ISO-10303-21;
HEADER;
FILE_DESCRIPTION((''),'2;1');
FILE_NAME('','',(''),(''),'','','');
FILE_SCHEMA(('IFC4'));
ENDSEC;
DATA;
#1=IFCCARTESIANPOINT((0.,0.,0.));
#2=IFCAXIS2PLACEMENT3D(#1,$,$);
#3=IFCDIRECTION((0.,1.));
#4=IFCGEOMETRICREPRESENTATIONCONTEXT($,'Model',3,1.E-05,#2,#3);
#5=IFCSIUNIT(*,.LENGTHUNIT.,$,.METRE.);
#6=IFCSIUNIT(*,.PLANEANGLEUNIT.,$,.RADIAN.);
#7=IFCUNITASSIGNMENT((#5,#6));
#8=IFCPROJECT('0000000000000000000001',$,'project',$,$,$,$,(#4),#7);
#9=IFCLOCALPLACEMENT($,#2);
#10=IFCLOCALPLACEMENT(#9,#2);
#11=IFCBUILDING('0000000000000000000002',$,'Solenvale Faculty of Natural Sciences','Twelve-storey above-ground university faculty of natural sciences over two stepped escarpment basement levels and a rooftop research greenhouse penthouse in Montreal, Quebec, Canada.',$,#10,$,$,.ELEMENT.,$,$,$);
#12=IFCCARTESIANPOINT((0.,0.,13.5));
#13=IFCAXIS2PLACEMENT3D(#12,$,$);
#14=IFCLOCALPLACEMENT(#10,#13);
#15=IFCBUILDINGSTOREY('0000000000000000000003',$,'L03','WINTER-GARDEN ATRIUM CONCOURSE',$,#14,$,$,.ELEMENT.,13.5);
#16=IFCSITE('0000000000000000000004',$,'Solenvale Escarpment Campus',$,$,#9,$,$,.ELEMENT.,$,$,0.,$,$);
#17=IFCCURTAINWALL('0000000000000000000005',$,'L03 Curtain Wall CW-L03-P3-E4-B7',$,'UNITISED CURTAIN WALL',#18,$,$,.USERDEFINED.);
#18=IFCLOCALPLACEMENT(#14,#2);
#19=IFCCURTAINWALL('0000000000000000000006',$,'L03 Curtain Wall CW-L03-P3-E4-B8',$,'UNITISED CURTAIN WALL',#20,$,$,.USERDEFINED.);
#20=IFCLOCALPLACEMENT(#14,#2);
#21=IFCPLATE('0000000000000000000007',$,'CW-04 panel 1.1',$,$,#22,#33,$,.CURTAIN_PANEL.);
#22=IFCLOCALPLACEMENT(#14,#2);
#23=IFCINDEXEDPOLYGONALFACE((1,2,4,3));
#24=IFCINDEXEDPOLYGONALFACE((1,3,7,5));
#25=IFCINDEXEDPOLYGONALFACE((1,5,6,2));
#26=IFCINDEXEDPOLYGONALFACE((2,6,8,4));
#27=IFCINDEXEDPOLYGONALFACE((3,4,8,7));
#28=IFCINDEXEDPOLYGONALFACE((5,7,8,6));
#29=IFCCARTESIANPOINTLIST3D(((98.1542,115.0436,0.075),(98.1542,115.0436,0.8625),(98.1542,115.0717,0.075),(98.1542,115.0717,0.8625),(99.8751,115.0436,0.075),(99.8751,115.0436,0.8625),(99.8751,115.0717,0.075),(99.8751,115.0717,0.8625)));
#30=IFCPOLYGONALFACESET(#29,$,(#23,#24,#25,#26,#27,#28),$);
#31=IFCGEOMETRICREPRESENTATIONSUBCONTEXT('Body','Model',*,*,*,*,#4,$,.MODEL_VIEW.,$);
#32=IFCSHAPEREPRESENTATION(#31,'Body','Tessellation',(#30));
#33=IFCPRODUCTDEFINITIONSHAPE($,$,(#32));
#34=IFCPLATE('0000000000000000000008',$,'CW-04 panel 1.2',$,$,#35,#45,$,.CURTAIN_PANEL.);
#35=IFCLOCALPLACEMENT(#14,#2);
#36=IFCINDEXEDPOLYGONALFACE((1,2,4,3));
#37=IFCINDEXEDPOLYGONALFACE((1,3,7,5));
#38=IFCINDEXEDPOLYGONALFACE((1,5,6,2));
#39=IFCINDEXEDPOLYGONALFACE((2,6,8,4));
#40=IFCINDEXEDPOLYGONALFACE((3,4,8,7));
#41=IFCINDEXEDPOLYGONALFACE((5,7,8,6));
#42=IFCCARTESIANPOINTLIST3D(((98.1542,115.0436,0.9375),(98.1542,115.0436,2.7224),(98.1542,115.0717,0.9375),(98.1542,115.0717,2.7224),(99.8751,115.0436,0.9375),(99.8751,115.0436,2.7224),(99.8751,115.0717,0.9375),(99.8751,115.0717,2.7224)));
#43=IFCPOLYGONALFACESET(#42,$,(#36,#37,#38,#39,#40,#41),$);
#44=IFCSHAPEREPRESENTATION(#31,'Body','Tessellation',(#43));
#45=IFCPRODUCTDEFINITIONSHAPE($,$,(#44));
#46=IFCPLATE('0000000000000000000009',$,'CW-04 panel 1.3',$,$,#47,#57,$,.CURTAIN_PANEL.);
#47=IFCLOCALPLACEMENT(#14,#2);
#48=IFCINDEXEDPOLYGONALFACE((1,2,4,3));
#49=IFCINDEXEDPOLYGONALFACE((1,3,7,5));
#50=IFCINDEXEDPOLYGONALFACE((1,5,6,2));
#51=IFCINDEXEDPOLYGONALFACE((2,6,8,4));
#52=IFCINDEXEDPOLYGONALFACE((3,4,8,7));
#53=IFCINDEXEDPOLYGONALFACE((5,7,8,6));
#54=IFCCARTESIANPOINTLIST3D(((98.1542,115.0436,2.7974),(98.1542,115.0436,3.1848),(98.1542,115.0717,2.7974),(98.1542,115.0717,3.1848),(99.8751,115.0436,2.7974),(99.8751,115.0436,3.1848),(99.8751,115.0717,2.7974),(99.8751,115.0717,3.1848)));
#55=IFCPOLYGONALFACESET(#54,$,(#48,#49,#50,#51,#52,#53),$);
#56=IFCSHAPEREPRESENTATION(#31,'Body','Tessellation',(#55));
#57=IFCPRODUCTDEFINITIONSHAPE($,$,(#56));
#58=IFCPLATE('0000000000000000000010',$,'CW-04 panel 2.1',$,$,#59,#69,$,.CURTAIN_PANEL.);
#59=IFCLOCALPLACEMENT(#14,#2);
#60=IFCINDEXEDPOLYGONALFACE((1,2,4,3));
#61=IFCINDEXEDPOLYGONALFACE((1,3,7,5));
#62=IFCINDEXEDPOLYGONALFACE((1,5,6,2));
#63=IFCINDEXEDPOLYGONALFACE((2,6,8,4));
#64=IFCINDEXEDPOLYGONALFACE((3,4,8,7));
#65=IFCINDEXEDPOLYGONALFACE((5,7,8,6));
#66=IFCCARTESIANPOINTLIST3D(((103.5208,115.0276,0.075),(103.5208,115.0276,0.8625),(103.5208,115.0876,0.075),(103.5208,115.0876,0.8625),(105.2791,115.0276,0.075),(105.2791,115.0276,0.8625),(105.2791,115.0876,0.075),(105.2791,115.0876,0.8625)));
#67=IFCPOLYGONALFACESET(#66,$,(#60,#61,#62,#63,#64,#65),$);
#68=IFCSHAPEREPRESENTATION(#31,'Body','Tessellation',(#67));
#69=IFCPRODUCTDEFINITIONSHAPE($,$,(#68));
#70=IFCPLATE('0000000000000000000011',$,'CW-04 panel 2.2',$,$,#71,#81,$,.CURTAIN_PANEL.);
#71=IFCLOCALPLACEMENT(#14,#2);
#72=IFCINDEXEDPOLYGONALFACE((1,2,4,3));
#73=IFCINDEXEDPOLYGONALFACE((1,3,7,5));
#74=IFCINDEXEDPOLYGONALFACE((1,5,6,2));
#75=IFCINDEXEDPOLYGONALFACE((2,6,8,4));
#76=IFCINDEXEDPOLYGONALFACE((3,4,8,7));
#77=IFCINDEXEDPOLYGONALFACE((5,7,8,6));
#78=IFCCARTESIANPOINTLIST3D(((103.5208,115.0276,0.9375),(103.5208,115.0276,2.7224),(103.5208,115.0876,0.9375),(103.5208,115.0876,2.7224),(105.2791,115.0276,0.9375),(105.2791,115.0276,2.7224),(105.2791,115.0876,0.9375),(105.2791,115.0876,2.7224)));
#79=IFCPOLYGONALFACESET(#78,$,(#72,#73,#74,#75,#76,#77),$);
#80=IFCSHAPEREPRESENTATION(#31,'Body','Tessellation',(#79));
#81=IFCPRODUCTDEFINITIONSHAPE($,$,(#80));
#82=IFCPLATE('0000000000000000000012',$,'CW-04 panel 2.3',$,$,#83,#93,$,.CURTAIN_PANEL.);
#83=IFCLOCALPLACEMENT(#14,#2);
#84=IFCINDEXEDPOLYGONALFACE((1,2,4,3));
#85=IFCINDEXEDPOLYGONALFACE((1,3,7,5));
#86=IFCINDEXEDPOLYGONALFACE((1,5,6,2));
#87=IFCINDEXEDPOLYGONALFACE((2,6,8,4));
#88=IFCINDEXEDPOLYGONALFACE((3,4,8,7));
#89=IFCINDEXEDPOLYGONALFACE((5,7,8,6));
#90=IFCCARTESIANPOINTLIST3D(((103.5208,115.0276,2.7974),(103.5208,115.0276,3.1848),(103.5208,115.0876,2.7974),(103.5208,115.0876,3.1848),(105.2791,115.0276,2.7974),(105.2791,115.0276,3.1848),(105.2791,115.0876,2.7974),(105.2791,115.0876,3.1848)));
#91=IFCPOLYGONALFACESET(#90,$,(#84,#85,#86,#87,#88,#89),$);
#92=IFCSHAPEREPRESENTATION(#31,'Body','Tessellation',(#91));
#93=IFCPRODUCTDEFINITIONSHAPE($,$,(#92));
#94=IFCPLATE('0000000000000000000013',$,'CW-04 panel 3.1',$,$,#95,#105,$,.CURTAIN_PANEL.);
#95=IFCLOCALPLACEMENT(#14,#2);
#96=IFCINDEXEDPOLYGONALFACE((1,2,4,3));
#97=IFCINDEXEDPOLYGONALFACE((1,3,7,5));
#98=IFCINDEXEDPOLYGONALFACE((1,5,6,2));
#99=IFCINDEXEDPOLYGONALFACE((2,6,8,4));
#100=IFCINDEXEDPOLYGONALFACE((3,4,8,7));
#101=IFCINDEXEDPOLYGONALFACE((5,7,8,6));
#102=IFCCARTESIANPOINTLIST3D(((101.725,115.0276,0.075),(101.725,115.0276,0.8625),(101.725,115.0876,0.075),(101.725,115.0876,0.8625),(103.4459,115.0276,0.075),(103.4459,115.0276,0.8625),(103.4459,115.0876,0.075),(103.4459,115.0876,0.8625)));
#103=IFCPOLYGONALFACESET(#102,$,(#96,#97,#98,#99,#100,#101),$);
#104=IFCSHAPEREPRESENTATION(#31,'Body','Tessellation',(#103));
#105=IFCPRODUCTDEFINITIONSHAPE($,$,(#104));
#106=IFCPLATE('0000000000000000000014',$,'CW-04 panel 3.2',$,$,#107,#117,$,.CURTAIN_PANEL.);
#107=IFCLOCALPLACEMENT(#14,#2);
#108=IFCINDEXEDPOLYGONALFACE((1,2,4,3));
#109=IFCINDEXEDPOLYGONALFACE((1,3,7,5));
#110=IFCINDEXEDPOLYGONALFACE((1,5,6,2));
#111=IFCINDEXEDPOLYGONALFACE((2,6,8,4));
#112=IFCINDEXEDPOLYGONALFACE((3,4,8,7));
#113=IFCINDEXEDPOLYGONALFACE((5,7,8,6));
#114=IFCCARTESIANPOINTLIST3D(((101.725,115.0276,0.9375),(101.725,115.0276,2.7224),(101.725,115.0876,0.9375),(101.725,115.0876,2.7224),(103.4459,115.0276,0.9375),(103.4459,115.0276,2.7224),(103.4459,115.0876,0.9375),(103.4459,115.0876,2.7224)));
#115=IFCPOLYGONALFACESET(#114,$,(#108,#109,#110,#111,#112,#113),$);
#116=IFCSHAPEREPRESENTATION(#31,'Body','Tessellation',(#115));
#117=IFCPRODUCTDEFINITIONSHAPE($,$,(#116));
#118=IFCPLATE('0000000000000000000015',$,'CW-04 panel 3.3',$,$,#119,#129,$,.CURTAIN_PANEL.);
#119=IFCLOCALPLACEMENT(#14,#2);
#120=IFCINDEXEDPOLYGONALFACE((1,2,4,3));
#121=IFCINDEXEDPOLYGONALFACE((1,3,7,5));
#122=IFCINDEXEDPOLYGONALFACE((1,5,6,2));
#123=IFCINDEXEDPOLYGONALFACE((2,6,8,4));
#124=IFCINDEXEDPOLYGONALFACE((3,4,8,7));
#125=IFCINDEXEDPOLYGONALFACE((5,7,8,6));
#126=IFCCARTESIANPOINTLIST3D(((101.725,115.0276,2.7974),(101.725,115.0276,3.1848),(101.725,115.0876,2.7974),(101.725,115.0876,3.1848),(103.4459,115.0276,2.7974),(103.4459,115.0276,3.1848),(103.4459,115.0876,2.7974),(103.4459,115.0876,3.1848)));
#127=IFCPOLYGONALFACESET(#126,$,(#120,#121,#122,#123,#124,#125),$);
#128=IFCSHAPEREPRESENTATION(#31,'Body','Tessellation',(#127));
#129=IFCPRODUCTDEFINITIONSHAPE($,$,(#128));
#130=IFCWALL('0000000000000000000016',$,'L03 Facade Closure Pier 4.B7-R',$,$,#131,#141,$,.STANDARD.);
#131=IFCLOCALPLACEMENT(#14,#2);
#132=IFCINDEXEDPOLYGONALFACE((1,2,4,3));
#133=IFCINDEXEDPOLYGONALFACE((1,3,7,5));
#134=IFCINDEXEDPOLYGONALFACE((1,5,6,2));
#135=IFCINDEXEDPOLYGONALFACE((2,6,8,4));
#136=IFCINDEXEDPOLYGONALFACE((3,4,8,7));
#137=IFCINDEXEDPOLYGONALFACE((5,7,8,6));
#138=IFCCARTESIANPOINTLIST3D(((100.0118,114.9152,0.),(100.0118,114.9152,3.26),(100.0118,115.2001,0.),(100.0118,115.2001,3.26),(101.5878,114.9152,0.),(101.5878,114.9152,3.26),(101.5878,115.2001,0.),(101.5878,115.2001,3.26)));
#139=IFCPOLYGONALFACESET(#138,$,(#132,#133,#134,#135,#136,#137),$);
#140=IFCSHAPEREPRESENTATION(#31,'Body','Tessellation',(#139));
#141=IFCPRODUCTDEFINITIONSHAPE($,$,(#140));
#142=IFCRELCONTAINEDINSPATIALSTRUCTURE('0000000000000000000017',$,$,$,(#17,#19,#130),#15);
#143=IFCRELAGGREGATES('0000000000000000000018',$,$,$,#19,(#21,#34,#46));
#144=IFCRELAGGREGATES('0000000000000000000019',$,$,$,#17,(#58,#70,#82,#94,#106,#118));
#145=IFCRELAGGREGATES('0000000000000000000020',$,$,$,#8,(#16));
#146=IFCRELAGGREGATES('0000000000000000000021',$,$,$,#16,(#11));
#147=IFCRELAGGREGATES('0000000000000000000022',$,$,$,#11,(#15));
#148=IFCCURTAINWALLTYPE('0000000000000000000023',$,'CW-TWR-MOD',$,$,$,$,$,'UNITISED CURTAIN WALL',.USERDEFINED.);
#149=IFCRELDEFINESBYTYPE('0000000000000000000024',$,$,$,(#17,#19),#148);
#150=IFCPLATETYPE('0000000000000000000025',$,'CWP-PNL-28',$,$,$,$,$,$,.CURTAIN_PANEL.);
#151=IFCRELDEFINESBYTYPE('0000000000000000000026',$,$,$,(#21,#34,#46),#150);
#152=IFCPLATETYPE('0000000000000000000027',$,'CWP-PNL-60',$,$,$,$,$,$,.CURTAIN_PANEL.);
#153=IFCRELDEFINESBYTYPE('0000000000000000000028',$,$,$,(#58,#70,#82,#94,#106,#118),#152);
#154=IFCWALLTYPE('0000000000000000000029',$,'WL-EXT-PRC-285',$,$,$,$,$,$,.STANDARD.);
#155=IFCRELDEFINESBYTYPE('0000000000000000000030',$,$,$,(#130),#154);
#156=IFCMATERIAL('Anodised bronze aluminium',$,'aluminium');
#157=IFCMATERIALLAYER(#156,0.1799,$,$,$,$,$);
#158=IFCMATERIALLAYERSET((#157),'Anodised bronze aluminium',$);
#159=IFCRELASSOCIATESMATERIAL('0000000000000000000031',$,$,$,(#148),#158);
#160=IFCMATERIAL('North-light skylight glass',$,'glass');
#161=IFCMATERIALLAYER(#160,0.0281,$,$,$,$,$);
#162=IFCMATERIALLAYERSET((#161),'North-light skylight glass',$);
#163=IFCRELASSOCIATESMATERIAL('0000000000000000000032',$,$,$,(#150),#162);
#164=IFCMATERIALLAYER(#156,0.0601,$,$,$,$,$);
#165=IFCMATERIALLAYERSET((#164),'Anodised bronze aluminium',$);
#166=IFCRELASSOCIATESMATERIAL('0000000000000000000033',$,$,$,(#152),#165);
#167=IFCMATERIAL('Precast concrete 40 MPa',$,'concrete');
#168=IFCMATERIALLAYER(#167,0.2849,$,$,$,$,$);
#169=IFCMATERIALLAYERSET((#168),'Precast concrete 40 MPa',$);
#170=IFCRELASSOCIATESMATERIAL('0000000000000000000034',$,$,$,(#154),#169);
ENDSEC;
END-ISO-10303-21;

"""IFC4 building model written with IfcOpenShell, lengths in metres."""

from ifc_helpers import new_model, si_unit, direction, frame, frame_2d, origin, origin_2d, place, context, subcontext, project, spatial, rectangle, extrude, material, layer, layer_set, type_object, element, aggregate, save


model = new_model("IFC4")

# Units and contexts
model_context = context("Model", 3, precision=1e-05, world=origin(), true_north=direction((0.0, 1.0)))
body_context = subcontext(model_context, "Body", "Model", "MODEL_VIEW")
ifc_project = project(units=[si_unit("LENGTHUNIT", "METRE"), si_unit("PLANEANGLEUNIT", "RADIAN")], contexts=[model_context])

# Site, building, storey
site_placement = place(None, origin())
site = spatial("IfcSite", under=ifc_project, at=site_placement, Name="Solenvale Escarpment Campus", CompositionType="ELEMENT", RefElevation=0.0)
building_placement = place(site_placement, origin())
building = spatial("IfcBuilding", under=site, at=building_placement, Name="Solenvale Faculty of Natural Sciences", Description="Twelve-storey above-ground university faculty of natural sciences over two stepped escarpment basement levels and a rooftop research greenhouse penthouse in Montreal, Quebec, Canada.", CompositionType="ELEMENT")
storey_placement = place(building_placement, frame((0.0, 0.0, 13.5)))
storey = spatial("IfcBuildingStorey", under=building, at=storey_placement, Name="L03", Description="WINTER-GARDEN ATRIUM CONCOURSE", CompositionType="ELEMENT", Elevation=13.5)

# Shared definitions
ifc_material_1 = material(Name="Precast concrete 40 MPa", Category="concrete")

# Curtain walls
ifc_material_2 = material(Name="Anodised bronze aluminium", Category="aluminium")
ifc_layer_1 = layer(ifc_material_2, 0.1799)
ifc_layer_set_1 = layer_set([ifc_layer_1], Name="Anodised bronze aluminium")
curtain_wall_type = type_object("IfcCurtainWallType", Name="CW-TWR-MOD", ElementType="UNITISED CURTAIN WALL", PredefinedType="USERDEFINED", material=ifc_layer_set_1)
curtain_wall_1_placement = place(storey_placement, origin())
curtain_wall_1 = element("IfcCurtainWall", 1, at=curtain_wall_1_placement, inside=storey, type_object=curtain_wall_type, Name="L03 Curtain Wall CW-L03-P3-E4-B7", ObjectType="UNITISED CURTAIN WALL", PredefinedType="USERDEFINED")
curtain_wall_2_placement = place(storey_placement, origin())
curtain_wall_2 = element("IfcCurtainWall", 2, at=curtain_wall_2_placement, inside=storey, type_object=curtain_wall_type, Name="L03 Curtain Wall CW-L03-P3-E4-B8", ObjectType="UNITISED CURTAIN WALL", PredefinedType="USERDEFINED")

# Plates
ifc_material_3 = material(Name="North-light skylight glass", Category="glass")
ifc_layer_2 = layer(ifc_material_3, 0.0281)
ifc_layer_set_2 = layer_set([ifc_layer_2], Name="North-light skylight glass")
plate_type_1 = type_object("IfcPlateType", Name="CWP-PNL-28", PredefinedType="CURTAIN_PANEL", material=ifc_layer_set_2)
plate_1_placement = place(storey_placement, frame((99.0146, 115.0576, 0.075), z_axis=(0.0, 0.0, 1.0), x_axis=(-1.0, 0.0, 0.0)))
plate_1 = element("IfcPlate", 3, at=plate_1_placement, type_object=plate_type_1, Name="CW-04 panel 1.1", PredefinedType="CURTAIN_PANEL", context=body_context, shape_type="SweptSolid", body=[
    extrude(rectangle(XDim=1.7209, YDim=0.0281, at=origin_2d()), origin(), (0.0, 0.0, 1.0), 0.7876),
])
plate_2_placement = place(storey_placement, frame((99.0146, 115.0576, 0.9375), z_axis=(0.0, 0.0, 1.0), x_axis=(-1.0, 0.0, 0.0)))
plate_2 = element("IfcPlate", 4, at=plate_2_placement, type_object=plate_type_1, Name="CW-04 panel 1.2", PredefinedType="CURTAIN_PANEL", context=body_context, shape_type="SweptSolid", body=[
    extrude(rectangle(XDim=1.7209, YDim=0.0281, at=origin_2d()), origin(), (0.0, 0.0, 1.0), 1.7849),
])
plate_3_placement = place(storey_placement, frame((99.0146, 115.0576, 2.7974), z_axis=(0.0, 0.0, 1.0), x_axis=(-1.0, 0.0, 0.0)))
plate_3 = element("IfcPlate", 5, at=plate_3_placement, type_object=plate_type_1, Name="CW-04 panel 1.3", PredefinedType="CURTAIN_PANEL", context=body_context, shape_type="SweptSolid", body=[
    extrude(rectangle(XDim=1.7209, YDim=0.0281, at=origin_2d()), origin(), (0.0, 0.0, 1.0), 0.3875),
])
aggregate(curtain_wall_2, [plate_1, plate_2, plate_3])
ifc_layer_3 = layer(ifc_material_2, 0.0601)
ifc_layer_set_3 = layer_set([ifc_layer_3], Name="Anodised bronze aluminium")
plate_type_2 = type_object("IfcPlateType", Name="CWP-PNL-60", PredefinedType="CURTAIN_PANEL", material=ifc_layer_set_3)
plate_4_placement = place(storey_placement, frame((104.3999, 115.0576, 0.075), z_axis=(0.0, 0.0, 1.0), x_axis=(-1.0, 0.0, 0.0)))
plate_4 = element("IfcPlate", 6, at=plate_4_placement, type_object=plate_type_2, Name="CW-04 panel 2.1", PredefinedType="CURTAIN_PANEL", context=body_context, shape_type="SweptSolid", body=[
    extrude(rectangle(XDim=1.7583, YDim=0.0601, at=origin_2d()), origin(), (0.0, 0.0, 1.0), 0.7876),
])
plate_5_placement = place(storey_placement, frame((104.3999, 115.0576, 0.9375), z_axis=(0.0, 0.0, 1.0), x_axis=(-1.0, 0.0, 0.0)))
plate_5 = element("IfcPlate", 7, at=plate_5_placement, type_object=plate_type_2, Name="CW-04 panel 2.2", PredefinedType="CURTAIN_PANEL", context=body_context, shape_type="SweptSolid", body=[
    extrude(rectangle(XDim=1.7583, YDim=0.0601, at=origin_2d()), origin(), (0.0, 0.0, 1.0), 1.7849),
])
plate_6_placement = place(storey_placement, frame((104.3999, 115.0576, 2.7974), z_axis=(0.0, 0.0, 1.0), x_axis=(-1.0, 0.0, 0.0)))
plate_6 = element("IfcPlate", 8, at=plate_6_placement, type_object=plate_type_2, Name="CW-04 panel 2.3", PredefinedType="CURTAIN_PANEL", context=body_context, shape_type="SweptSolid", body=[
    extrude(rectangle(XDim=1.7583, YDim=0.0601, at=origin_2d()), origin(), (0.0, 0.0, 1.0), 0.3875),
])
plate_7_placement = place(storey_placement, frame((102.5854, 115.0576, 0.075), z_axis=(0.0, 0.0, 1.0), x_axis=(-1.0, 0.0, 0.0)))
plate_7 = element("IfcPlate", 9, at=plate_7_placement, type_object=plate_type_2, Name="CW-04 panel 3.1", PredefinedType="CURTAIN_PANEL", context=body_context, shape_type="SweptSolid", body=[
    extrude(rectangle(XDim=1.7209, YDim=0.0601, at=origin_2d()), origin(), (0.0, 0.0, 1.0), 0.7876),
])
plate_8_placement = place(storey_placement, frame((102.5854, 115.0576, 0.9375), z_axis=(0.0, 0.0, 1.0), x_axis=(-1.0, 0.0, 0.0)))
plate_8 = element("IfcPlate", 10, at=plate_8_placement, type_object=plate_type_2, Name="CW-04 panel 3.2", PredefinedType="CURTAIN_PANEL", context=body_context, shape_type="SweptSolid", body=[
    extrude(rectangle(XDim=1.7209, YDim=0.0601, at=origin_2d()), origin(), (0.0, 0.0, 1.0), 1.7849),
])
plate_9_placement = place(storey_placement, frame((102.5854, 115.0576, 2.7974), z_axis=(0.0, 0.0, 1.0), x_axis=(-1.0, 0.0, 0.0)))
plate_9 = element("IfcPlate", 11, at=plate_9_placement, type_object=plate_type_2, Name="CW-04 panel 3.3", PredefinedType="CURTAIN_PANEL", context=body_context, shape_type="SweptSolid", body=[
    extrude(rectangle(XDim=1.7209, YDim=0.0601, at=origin_2d()), origin(), (0.0, 0.0, 1.0), 0.3875),
])
aggregate(curtain_wall_1, [plate_4, plate_5, plate_6, plate_7, plate_8, plate_9])

# Wall
ifc_layer_4 = layer(ifc_material_1, 0.2849)
ifc_layer_set_4 = layer_set([ifc_layer_4], Name="Precast concrete 40 MPa")
wall_type = type_object("IfcWallType", Name="WL-EXT-PRC-285", PredefinedType="STANDARD", material=ifc_layer_set_4)
wall_placement = place(storey_placement, frame((101.5879, 115.0576, 0.0), z_axis=(0.0, 0.0, 1.0), x_axis=(-1.0, 0.0, 0.0)))
element("IfcWall", 12, at=wall_placement, inside=storey, type_object=wall_type, Name="L03 Facade Closure Pier 4.B7-R", PredefinedType="STANDARD", context=body_context, shape_type="SweptSolid", body=[
    extrude(rectangle(XDim=1.5759, YDim=0.2849, at=frame_2d((0.7881, 0.0))), origin(), (0.0, 0.0, 1.0), 3.26),
])

save(model, "model.ifc")
